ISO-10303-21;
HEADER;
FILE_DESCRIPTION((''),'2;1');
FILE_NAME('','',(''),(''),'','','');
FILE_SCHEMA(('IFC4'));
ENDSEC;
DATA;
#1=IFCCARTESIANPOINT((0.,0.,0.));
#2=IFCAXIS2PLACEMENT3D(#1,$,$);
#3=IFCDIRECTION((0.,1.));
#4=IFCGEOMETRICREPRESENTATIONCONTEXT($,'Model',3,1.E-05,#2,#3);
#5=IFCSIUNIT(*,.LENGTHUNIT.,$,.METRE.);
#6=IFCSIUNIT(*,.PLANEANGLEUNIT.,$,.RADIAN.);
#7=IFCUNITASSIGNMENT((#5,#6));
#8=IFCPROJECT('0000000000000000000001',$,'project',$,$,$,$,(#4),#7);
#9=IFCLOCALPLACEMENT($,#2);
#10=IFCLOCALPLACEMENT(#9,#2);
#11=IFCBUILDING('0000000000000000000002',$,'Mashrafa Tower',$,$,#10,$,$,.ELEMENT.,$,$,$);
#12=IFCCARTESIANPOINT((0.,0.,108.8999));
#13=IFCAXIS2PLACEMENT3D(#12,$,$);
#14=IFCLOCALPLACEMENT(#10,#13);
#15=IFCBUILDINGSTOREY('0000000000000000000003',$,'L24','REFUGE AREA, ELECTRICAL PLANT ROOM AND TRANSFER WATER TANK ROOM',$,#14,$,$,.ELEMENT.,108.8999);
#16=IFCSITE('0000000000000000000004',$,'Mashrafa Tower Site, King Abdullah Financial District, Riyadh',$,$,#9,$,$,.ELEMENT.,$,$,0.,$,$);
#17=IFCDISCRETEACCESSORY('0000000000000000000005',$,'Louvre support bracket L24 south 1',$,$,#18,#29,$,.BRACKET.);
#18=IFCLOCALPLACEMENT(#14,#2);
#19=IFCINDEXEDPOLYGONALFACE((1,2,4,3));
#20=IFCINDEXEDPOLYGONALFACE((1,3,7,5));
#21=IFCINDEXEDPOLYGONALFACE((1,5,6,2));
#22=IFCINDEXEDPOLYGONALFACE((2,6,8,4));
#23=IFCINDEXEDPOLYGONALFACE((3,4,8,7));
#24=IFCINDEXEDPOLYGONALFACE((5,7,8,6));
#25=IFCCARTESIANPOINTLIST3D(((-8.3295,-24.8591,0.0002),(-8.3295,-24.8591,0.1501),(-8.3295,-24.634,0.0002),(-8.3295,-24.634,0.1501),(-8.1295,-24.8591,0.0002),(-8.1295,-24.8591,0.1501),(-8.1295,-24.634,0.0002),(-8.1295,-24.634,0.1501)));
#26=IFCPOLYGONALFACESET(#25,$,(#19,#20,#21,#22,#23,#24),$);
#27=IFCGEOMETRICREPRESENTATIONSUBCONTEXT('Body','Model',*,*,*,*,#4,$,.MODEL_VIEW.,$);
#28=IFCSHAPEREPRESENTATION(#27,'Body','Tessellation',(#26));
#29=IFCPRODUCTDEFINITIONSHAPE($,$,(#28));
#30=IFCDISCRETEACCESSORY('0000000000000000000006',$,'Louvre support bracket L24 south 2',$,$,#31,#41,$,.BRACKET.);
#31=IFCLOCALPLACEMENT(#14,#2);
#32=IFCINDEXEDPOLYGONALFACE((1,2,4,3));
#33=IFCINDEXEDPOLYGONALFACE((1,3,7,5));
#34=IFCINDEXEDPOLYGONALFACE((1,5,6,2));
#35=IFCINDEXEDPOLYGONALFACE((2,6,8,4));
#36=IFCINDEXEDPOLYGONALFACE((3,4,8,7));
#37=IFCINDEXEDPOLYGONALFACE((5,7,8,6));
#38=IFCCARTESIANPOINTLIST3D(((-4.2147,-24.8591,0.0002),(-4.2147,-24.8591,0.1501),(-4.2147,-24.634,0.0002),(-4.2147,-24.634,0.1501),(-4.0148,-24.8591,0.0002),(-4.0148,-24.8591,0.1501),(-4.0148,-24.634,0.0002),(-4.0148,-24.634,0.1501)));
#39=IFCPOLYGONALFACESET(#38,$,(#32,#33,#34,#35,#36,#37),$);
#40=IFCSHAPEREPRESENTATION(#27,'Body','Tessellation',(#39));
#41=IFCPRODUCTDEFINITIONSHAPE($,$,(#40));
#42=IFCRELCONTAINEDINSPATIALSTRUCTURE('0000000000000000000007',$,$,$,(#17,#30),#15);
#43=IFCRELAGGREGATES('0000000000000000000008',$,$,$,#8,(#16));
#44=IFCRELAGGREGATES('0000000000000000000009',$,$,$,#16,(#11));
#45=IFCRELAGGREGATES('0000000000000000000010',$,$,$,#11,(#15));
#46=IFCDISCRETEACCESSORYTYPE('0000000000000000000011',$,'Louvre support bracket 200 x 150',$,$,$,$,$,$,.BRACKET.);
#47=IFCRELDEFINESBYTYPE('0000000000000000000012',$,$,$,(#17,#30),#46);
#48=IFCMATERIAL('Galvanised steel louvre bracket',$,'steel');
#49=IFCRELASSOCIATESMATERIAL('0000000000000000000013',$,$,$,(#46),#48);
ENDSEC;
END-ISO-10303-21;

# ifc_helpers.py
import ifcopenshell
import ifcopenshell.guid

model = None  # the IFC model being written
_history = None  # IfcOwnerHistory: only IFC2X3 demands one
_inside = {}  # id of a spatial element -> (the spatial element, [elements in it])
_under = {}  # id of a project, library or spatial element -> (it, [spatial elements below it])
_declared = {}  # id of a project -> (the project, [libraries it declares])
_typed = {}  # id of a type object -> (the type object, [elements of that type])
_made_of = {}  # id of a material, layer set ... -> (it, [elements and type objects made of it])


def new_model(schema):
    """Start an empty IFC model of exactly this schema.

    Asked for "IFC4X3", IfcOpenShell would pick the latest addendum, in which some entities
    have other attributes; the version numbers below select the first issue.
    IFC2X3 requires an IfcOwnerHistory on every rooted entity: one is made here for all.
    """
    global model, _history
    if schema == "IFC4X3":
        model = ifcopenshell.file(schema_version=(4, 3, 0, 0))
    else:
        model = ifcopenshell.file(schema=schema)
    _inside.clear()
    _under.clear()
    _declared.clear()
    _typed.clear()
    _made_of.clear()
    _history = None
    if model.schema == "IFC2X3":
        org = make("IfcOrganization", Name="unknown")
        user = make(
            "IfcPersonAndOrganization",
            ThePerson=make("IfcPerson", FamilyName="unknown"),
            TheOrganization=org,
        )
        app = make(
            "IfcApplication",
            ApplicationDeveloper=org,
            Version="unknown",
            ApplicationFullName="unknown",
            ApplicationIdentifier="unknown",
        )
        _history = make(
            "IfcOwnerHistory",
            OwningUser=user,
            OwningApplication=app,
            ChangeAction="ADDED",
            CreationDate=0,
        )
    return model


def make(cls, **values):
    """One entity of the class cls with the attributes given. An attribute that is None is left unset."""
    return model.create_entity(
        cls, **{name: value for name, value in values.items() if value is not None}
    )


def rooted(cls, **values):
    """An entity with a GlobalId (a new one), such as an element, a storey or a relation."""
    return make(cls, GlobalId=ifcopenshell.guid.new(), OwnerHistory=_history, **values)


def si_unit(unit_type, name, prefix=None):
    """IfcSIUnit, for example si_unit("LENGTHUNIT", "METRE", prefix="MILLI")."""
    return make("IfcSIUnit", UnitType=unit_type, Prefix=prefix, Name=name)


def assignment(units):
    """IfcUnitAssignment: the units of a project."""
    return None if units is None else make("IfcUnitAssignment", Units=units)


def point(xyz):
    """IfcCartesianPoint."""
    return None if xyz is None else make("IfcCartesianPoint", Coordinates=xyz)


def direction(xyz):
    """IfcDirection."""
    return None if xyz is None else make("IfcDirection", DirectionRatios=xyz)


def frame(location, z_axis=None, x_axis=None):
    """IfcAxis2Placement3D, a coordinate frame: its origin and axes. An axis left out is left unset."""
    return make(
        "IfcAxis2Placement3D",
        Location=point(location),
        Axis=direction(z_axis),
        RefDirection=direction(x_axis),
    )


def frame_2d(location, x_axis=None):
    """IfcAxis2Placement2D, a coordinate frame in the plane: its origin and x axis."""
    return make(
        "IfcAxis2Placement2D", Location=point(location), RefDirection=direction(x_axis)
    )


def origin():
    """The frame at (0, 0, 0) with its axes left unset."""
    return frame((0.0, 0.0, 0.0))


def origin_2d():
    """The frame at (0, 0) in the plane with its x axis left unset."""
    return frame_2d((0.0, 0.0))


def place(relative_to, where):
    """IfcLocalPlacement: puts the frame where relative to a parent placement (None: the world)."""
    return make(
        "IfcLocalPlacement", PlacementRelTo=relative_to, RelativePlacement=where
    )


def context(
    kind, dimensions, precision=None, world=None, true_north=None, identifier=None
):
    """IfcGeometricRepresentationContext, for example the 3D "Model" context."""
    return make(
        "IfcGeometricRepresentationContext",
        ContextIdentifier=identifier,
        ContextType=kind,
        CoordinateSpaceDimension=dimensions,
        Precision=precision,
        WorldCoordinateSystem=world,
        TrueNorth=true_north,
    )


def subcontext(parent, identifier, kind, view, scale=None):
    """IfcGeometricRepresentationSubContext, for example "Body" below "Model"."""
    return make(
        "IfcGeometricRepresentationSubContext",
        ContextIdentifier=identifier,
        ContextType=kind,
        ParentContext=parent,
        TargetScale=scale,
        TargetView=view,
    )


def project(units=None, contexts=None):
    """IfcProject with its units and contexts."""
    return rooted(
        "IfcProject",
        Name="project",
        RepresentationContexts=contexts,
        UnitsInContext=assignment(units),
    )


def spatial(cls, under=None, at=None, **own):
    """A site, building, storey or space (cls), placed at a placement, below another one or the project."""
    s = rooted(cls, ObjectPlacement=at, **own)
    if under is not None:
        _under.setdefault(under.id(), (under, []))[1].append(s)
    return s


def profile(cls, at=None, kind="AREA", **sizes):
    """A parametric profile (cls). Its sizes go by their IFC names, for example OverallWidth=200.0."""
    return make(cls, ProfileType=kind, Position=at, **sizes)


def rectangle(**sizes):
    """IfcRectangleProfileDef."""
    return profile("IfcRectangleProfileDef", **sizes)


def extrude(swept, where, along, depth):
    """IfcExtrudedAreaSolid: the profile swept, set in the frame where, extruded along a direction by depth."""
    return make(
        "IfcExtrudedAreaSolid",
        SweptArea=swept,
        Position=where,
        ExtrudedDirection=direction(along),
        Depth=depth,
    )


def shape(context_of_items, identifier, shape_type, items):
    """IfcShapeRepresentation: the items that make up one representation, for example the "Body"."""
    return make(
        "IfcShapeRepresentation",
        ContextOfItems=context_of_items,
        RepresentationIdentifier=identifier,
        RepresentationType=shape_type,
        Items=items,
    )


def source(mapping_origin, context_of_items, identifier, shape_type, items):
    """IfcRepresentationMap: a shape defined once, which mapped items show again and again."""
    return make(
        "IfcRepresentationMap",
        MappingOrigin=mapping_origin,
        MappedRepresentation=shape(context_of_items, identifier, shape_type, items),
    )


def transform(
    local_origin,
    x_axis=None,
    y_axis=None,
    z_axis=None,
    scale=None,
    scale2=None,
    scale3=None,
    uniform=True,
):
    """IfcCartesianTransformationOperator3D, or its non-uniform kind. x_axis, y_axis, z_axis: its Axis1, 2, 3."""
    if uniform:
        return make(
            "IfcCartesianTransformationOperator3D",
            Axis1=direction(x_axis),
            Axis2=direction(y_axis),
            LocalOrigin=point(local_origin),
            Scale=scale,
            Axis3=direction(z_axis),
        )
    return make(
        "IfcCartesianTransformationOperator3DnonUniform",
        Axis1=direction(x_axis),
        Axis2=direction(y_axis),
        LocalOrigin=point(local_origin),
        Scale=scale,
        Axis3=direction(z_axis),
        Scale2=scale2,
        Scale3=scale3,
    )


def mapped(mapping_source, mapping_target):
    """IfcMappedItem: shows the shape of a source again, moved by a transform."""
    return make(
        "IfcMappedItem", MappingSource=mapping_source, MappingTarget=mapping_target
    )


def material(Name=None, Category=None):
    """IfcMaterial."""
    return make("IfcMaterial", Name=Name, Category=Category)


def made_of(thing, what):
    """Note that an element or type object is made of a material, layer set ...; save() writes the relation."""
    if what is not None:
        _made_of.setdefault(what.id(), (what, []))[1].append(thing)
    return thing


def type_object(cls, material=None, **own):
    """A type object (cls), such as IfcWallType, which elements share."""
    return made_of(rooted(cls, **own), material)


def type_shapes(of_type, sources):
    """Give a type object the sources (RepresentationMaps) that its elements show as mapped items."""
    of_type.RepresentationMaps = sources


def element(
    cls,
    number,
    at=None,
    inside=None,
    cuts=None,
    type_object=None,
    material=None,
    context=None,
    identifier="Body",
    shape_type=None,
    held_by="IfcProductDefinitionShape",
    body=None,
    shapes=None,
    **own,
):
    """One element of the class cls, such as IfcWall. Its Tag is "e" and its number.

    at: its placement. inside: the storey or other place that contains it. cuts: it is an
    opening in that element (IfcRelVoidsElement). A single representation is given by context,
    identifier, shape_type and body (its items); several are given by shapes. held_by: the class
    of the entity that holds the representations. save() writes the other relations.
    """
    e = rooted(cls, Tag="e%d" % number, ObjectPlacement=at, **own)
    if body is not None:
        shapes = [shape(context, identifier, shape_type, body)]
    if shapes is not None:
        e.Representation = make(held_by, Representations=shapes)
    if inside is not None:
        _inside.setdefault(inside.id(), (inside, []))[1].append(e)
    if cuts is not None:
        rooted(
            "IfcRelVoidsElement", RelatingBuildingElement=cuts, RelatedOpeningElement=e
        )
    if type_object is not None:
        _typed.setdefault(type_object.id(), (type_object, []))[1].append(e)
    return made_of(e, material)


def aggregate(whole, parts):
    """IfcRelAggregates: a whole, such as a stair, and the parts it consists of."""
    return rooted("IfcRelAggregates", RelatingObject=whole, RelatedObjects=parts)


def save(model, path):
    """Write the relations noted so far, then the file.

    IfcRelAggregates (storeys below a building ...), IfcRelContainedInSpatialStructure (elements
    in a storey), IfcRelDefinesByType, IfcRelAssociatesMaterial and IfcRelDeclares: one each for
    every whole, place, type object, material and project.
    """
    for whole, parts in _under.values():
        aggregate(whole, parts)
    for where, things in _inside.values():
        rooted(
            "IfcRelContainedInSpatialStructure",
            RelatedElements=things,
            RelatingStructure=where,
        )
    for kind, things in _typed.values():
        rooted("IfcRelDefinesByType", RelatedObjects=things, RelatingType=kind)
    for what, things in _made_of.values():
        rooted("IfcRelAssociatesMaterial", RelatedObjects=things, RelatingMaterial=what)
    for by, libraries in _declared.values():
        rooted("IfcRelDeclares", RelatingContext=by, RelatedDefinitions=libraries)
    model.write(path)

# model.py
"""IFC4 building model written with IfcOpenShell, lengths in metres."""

from ifc_helpers import new_model, si_unit, direction, frame, origin, origin_2d, place, context, subcontext, project, spatial, rectangle, extrude, source, transform, mapped, material, type_object, type_shapes, element, save


model = new_model("IFC4")

# Units and contexts
model_context = context("Model", 3, precision=1e-05, world=origin(), true_north=direction((0.0, 1.0)))
body_context = subcontext(model_context, "Body", "Model", "MODEL_VIEW")
ifc_project = project(units=[si_unit("LENGTHUNIT", "METRE"), si_unit("PLANEANGLEUNIT", "RADIAN")], contexts=[model_context])

# Site, building, storey
site_placement = place(None, origin())
site = spatial("IfcSite", under=ifc_project, at=site_placement, Name="Mashrafa Tower Site, King Abdullah Financial District, Riyadh", CompositionType="ELEMENT", RefElevation=0.0)
building_placement = place(site_placement, origin())
building = spatial("IfcBuilding", under=site, at=building_placement, Name="Mashrafa Tower", CompositionType="ELEMENT")
storey_placement = place(building_placement, frame((0.0, 0.0, 108.8999)))
storey = spatial("IfcBuildingStorey", under=building, at=storey_placement, Name="L24", Description="REFUGE AREA, ELECTRICAL PLANT ROOM AND TRANSFER WATER TANK ROOM", CompositionType="ELEMENT", Elevation=108.8999)

# Discrete accessories
ifc_material_1 = material(Name="Galvanised steel louvre bracket", Category="steel")
discrete_accessory_type = type_object("IfcDiscreteAccessoryType", Name="Louvre support bracket 200 x 150", PredefinedType="BRACKET", material=ifc_material_1)
shared_shape_1 = source(origin(), body_context, "Body", "SweptSolid", [
    extrude(rectangle(XDim=0.2, YDim=0.2251, at=origin_2d()), origin(), (0.0, 0.0, 1.0), 0.1499),
])
type_shapes(discrete_accessory_type, [shared_shape_1])
for number, where, z_axis, x_axis, name in (
    (1, (-8.2295, -24.7466, 0.0002), (0.0, 0.0, 1.0), (1.0, 0.0, 0.0), "Louvre support bracket L24 south 1"),
    (2, (-4.1147, -24.7466, 0.0002), (0.0, 0.0, 1.0), (1.0, 0.0, 0.0), "Louvre support bracket L24 south 2"),
):
    element("IfcDiscreteAccessory", number, at=place(storey_placement, frame(where, z_axis=z_axis, x_axis=x_axis)), inside=storey, type_object=discrete_accessory_type, Name=name, PredefinedType="BRACKET", context=body_context, shape_type="MappedRepresentation", body=[
        mapped(shared_shape_1, transform((0.0, 0.0, 0.0))),
    ])

save(model, "model.ifc")
